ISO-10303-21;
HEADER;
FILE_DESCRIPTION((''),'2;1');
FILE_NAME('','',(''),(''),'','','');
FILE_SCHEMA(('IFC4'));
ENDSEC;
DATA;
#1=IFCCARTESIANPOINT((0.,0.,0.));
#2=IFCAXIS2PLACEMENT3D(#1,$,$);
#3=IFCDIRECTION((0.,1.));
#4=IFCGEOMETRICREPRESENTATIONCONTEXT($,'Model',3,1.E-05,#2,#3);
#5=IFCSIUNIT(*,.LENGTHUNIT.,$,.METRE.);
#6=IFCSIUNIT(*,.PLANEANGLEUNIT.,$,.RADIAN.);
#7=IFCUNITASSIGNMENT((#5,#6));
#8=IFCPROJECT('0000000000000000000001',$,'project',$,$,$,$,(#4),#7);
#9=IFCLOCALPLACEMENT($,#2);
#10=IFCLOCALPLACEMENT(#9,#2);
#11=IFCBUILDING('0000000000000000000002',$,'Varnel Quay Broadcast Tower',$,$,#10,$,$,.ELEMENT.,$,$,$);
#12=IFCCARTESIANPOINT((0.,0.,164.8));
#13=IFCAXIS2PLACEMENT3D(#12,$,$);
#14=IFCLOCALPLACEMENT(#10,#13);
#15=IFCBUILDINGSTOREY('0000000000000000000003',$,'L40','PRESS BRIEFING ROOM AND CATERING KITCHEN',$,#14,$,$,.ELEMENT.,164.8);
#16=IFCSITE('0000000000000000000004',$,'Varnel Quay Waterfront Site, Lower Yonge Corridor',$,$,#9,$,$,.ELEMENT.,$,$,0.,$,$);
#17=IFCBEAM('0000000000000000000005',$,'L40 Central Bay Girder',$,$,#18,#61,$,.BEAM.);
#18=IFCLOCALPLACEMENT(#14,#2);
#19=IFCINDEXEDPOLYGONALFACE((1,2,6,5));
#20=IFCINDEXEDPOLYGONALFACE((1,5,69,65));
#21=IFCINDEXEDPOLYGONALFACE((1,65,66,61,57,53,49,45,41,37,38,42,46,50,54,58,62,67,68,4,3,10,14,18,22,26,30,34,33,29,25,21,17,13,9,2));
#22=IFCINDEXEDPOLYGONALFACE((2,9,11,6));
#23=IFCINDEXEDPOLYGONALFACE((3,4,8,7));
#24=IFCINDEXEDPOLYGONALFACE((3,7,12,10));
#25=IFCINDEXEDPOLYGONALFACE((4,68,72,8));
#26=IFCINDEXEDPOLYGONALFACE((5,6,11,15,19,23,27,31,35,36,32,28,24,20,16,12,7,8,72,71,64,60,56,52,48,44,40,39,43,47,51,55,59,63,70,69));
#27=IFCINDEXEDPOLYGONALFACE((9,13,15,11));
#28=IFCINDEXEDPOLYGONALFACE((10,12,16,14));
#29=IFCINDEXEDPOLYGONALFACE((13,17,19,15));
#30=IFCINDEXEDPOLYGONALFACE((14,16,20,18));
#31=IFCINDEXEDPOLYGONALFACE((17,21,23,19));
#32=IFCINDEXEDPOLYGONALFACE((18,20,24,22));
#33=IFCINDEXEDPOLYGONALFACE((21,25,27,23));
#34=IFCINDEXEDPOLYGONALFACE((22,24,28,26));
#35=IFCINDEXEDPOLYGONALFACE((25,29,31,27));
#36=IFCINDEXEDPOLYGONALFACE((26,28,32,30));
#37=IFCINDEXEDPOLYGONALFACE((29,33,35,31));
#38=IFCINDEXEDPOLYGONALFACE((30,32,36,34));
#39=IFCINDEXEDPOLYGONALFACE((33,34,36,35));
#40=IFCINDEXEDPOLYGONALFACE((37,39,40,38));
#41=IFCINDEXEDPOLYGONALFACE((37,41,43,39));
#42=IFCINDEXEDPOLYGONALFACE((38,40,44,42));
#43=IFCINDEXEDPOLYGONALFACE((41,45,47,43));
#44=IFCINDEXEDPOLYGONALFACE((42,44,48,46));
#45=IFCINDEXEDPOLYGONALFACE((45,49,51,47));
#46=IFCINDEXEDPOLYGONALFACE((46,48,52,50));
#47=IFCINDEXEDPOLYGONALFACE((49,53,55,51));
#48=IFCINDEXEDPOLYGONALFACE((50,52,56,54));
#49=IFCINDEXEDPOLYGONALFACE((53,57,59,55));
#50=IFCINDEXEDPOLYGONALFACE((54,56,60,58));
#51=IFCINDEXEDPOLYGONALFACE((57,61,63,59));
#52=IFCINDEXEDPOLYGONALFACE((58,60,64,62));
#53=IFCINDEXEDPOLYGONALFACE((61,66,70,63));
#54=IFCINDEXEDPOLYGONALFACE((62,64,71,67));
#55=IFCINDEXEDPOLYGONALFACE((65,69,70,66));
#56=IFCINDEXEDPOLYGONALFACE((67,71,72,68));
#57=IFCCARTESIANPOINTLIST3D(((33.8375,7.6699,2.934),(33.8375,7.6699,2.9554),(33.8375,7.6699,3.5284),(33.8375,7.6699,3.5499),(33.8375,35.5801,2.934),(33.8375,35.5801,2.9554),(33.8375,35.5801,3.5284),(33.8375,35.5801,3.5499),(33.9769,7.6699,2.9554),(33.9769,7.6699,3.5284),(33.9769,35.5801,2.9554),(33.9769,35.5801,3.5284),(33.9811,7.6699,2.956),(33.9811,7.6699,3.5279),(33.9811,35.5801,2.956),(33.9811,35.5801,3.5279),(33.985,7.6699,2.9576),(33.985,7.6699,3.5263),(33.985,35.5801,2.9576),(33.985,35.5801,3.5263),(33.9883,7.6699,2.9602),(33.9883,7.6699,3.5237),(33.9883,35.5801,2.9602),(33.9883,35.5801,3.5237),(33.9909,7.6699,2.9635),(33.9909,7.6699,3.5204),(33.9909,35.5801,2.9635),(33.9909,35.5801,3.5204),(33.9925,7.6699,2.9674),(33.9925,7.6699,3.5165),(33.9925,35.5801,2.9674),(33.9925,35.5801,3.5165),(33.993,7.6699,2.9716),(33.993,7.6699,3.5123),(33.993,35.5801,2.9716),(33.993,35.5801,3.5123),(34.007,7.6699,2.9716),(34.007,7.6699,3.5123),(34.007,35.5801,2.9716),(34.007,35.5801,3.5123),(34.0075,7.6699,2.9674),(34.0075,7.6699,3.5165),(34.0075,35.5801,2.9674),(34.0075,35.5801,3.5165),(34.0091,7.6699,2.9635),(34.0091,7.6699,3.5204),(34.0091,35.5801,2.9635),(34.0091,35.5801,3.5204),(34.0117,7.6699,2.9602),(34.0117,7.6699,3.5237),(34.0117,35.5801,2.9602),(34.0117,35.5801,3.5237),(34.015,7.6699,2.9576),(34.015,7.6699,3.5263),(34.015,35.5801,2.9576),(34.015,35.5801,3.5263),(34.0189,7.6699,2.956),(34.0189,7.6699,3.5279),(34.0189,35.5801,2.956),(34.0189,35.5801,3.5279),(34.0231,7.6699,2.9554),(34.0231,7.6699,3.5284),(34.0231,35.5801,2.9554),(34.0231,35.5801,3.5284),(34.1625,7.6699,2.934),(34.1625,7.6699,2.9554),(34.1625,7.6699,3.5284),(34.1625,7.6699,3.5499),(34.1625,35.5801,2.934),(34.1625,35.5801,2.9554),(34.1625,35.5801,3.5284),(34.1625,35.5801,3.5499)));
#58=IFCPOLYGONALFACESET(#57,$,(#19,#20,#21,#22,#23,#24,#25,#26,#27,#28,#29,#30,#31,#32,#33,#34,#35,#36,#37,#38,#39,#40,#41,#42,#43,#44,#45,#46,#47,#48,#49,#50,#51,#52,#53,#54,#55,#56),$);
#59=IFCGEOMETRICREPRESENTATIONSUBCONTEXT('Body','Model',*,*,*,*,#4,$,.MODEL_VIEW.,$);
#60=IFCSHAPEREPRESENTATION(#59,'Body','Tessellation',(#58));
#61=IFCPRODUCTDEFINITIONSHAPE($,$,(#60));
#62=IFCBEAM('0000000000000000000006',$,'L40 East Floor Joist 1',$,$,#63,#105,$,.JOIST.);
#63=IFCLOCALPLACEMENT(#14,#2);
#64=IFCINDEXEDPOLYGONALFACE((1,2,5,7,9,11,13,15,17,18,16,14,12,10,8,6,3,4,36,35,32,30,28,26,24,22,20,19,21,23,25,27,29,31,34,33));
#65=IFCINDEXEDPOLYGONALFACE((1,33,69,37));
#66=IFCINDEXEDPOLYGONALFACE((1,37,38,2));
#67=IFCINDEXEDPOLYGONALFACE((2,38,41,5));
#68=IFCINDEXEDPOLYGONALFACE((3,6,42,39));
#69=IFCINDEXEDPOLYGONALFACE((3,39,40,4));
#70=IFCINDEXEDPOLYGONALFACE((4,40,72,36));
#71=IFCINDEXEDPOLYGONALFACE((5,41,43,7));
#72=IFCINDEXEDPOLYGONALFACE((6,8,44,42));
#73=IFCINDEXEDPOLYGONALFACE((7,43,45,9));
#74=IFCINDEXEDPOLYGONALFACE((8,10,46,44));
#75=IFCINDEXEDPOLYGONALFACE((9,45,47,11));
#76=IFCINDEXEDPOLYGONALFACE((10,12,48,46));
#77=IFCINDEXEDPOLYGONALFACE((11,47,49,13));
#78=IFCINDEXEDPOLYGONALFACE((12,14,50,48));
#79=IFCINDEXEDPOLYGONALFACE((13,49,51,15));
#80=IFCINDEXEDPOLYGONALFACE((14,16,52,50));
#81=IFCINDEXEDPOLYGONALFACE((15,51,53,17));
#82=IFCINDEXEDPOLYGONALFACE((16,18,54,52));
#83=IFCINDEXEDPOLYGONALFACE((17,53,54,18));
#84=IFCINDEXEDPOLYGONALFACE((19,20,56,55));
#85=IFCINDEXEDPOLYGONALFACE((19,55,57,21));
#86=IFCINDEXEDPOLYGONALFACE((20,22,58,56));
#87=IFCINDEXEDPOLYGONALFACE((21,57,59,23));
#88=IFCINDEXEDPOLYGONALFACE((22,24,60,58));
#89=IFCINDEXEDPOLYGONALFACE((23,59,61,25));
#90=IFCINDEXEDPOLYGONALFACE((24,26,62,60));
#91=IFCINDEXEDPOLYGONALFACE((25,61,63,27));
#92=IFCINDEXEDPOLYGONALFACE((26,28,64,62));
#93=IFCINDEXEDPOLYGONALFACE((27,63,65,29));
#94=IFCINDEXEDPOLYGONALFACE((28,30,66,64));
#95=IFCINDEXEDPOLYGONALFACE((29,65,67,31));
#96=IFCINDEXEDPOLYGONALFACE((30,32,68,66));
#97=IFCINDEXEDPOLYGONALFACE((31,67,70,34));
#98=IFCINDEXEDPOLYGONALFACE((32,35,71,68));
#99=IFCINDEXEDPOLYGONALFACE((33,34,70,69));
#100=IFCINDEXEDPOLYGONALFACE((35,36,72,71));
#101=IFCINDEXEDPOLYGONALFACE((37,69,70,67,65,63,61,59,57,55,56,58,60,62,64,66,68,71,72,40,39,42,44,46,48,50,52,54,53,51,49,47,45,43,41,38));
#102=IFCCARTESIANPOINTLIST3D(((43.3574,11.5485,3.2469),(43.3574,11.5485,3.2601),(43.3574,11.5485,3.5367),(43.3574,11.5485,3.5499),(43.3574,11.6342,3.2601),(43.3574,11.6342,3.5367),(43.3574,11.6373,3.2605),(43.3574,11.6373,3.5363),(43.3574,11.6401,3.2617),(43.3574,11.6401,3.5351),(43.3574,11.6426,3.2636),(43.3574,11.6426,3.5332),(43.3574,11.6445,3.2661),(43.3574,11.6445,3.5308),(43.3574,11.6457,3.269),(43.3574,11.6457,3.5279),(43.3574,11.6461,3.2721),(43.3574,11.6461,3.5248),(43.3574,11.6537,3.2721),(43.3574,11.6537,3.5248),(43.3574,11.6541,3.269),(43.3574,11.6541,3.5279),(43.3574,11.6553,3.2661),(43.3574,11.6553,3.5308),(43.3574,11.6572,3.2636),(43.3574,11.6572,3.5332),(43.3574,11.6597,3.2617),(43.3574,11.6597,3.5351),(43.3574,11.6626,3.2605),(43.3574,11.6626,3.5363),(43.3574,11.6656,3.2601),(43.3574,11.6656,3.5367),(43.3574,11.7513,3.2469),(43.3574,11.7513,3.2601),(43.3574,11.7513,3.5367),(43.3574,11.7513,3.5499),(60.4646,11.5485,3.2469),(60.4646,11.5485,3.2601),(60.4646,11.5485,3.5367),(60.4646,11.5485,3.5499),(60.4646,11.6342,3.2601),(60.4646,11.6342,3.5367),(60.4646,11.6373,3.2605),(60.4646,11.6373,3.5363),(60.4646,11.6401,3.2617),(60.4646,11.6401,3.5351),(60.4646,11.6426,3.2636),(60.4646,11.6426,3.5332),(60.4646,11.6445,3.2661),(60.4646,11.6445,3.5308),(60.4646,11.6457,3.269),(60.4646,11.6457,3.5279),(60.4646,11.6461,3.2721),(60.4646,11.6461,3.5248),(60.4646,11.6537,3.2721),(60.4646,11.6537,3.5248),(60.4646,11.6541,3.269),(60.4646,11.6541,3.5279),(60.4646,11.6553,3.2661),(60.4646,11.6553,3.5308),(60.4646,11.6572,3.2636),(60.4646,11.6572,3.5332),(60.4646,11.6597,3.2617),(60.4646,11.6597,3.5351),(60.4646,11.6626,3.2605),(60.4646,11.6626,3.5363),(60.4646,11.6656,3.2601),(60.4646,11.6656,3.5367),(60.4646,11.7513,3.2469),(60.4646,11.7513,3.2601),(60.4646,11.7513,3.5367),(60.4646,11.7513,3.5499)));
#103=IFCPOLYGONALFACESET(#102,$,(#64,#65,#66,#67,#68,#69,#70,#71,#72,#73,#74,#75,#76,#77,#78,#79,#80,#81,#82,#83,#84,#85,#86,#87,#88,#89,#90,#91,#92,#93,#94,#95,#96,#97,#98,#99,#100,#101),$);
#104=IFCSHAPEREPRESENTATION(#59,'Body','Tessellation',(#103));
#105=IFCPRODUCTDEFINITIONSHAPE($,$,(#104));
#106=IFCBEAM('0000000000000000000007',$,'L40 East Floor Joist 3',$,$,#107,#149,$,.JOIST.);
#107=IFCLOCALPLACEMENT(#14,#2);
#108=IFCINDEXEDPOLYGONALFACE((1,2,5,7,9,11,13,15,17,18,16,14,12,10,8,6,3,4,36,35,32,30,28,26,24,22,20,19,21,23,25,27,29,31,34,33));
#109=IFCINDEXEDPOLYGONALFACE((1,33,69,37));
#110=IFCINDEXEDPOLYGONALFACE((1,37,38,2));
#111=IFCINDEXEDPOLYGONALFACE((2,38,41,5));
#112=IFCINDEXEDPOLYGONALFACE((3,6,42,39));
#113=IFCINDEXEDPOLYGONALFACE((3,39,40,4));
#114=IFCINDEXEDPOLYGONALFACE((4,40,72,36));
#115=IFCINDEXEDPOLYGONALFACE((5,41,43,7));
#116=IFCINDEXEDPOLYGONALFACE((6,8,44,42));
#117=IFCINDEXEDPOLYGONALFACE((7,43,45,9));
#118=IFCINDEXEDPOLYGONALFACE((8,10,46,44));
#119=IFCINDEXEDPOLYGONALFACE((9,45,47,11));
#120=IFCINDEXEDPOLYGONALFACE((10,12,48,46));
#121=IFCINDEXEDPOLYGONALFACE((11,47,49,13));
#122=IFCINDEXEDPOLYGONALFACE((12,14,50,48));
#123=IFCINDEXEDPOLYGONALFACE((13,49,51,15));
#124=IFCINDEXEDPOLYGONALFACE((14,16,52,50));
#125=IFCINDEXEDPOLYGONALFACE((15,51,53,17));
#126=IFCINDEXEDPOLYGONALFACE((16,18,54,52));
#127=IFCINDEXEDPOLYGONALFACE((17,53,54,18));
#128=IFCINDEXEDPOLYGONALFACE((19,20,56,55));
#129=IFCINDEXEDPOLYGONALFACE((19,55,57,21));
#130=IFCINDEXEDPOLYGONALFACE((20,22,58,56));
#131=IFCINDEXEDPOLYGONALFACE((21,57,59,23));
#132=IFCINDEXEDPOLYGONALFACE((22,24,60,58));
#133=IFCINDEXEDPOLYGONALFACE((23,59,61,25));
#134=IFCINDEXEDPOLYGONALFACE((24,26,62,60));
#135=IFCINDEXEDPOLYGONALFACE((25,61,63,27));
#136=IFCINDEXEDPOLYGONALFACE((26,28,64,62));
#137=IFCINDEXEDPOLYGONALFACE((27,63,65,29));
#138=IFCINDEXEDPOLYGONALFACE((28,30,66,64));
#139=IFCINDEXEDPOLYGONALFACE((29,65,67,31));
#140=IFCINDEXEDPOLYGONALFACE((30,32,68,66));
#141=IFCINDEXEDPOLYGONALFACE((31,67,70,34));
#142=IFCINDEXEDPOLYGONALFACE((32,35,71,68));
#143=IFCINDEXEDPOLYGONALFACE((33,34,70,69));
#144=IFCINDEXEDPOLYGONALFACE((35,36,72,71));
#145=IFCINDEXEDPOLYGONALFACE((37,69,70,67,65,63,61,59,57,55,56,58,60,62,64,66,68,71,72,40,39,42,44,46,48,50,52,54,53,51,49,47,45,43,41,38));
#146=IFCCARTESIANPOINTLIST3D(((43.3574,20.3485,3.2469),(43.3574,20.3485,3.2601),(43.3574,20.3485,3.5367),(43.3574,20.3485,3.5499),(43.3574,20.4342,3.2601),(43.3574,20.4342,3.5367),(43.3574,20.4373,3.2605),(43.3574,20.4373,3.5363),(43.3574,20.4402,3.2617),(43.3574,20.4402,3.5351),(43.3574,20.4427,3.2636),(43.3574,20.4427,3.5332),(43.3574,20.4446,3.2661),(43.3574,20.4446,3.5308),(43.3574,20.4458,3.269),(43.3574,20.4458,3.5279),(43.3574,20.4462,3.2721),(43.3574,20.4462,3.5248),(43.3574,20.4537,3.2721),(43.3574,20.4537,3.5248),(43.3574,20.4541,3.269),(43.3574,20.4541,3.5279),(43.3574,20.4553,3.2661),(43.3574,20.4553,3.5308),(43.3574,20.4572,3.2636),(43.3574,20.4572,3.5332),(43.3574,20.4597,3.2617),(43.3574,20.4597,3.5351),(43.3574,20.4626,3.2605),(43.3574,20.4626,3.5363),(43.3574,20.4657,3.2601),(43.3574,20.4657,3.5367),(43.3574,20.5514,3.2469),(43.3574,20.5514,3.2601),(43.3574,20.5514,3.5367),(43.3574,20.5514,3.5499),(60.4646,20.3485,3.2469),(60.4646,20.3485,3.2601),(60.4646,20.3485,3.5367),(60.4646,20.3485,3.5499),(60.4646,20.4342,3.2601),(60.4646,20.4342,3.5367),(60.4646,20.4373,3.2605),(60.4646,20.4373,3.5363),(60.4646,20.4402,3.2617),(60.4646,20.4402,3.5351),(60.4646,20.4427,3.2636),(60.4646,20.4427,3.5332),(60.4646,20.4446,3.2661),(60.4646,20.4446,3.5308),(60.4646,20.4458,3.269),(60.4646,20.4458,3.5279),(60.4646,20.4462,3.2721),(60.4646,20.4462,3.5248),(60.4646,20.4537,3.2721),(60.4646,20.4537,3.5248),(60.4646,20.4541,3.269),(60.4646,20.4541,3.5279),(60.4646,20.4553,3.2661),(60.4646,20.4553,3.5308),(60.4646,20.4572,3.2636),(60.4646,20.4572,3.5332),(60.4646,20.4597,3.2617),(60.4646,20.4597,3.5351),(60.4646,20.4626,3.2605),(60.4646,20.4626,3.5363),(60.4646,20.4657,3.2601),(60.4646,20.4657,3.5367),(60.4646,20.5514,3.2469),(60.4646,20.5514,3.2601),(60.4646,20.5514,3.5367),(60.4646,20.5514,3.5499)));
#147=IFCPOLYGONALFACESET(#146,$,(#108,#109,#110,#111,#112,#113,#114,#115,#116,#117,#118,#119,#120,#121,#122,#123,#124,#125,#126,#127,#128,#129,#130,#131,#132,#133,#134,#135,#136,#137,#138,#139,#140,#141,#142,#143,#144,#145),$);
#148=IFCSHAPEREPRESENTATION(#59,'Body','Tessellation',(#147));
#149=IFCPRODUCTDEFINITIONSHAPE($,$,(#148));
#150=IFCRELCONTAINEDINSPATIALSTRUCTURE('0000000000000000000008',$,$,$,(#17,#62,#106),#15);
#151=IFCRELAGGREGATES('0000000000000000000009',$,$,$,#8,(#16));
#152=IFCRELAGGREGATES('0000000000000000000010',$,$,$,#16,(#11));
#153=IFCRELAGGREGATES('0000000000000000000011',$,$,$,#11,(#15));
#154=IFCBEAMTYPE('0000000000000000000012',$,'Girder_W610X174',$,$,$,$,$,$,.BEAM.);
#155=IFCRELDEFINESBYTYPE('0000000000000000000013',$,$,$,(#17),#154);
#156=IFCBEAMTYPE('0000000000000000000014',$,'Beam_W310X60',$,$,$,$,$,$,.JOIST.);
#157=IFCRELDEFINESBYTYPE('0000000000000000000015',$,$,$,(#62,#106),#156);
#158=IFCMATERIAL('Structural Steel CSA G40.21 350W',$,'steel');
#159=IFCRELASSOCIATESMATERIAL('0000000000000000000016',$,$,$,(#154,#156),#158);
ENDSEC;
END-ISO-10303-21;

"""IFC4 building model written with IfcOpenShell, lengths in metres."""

from ifc_helpers import new_model, si_unit, direction, frame, origin, origin_2d, place, context, subcontext, project, spatial, i_section, extrude, source, transform, mapped, material, material_profile, profile_set, type_object, type_shapes, element, save


model = new_model("IFC4")

# Units and contexts
model_context = context("Model", 3, precision=1e-05, world=origin(), true_north=direction((0.0, 1.0)))
body_context = subcontext(model_context, "Body", "Model", "MODEL_VIEW")
ifc_project = project(units=[si_unit("LENGTHUNIT", "METRE"), si_unit("PLANEANGLEUNIT", "RADIAN")], contexts=[model_context])

# Site, building, storey
site_placement = place(None, origin())
site = spatial("IfcSite", under=ifc_project, at=site_placement, Name="Varnel Quay Waterfront Site, Lower Yonge Corridor", CompositionType="ELEMENT", RefElevation=0.0)
building_placement = place(site_placement, origin())
building = spatial("IfcBuilding", under=site, at=building_placement, Name="Varnel Quay Broadcast Tower", CompositionType="ELEMENT")
storey_placement = place(building_placement, frame((0.0, 0.0, 164.8)))
storey = spatial("IfcBuildingStorey", under=building, at=storey_placement, Name="L40", Description="PRESS BRIEFING ROOM AND CATERING KITCHEN", CompositionType="ELEMENT", Elevation=164.8)

# Shared definitions
ifc_material_1 = material(Name="Structural Steel CSA G40.21 350W", Category="steel")

# Beams
ifc_material_profile_1 = material_profile(ifc_material_1, i_section(OverallWidth=0.325, OverallDepth=0.616, WebThickness=0.0139, FlangeThickness=0.0215, FilletRadius=0.0161, at=origin_2d()), Name="W610X174")
ifc_profile_set_1 = profile_set([ifc_material_profile_1], Name="Structural Steel CSA G40.21 350W")
beam_type_1 = type_object("IfcBeamType", Name="Girder_W610X174", PredefinedType="BEAM", material=ifc_profile_set_1)
shared_shape_1 = source(origin(), body_context, "Body", "SweptSolid", [
    extrude(i_section(OverallWidth=0.325, OverallDepth=0.616, WebThickness=0.0139, FlangeThickness=0.0215, FilletRadius=0.0161, at=origin_2d()), origin(), (0.0, 0.0, 1.0), 27.9102),
])
beam_1_placement = place(storey_placement, frame((34.0, 7.6699, 3.2419), z_axis=(0.0, 1.0, 0.0), x_axis=(-1.0, 0.0, 0.0)))
element("IfcBeam", 1, at=beam_1_placement, inside=storey, type_object=beam_type_1, Name="L40 Central Bay Girder", PredefinedType="BEAM", context=body_context, shape_type="MappedRepresentation", body=[
    mapped(shared_shape_1, transform((0.0, 0.0, 0.0), x_axis=(1.0, 0.0, 0.0), y_axis=(0.0, 1.0, 0.0), z_axis=(0.0, 0.0, 1.0), scale=1.0)),
])
ifc_material_profile_2 = material_profile(ifc_material_1, i_section(OverallWidth=0.2029, OverallDepth=0.303, WebThickness=0.0076, FlangeThickness=0.0132, FilletRadius=0.012, at=origin_2d()), Name="W310X60")
ifc_profile_set_2 = profile_set([ifc_material_profile_2], Name="Structural Steel CSA G40.21 350W")
beam_type_2 = type_object("IfcBeamType", Name="Beam_W310X60", PredefinedType="JOIST", material=ifc_profile_set_2)
shared_shape_2 = source(origin(), body_context, "Body", "SweptSolid", [
    extrude(i_section(OverallWidth=0.2029, OverallDepth=0.303, WebThickness=0.0076, FlangeThickness=0.0132, FilletRadius=0.012, at=origin_2d()), origin(), (0.0, 0.0, 1.0), 17.1072),
])
type_shapes(beam_type_2, [shared_shape_2])
for number, where, z_axis, x_axis, name in (
    (2, (43.3574, 11.6499, 3.3984), (1.0, 0.0, 0.0), (0.0, 1.0, 0.0), "L40 East Floor Joist 1"),
    (3, (43.3574, 20.45, 3.3984), (1.0, 0.0, 0.0), (0.0, 1.0, 0.0), "L40 East Floor Joist 3"),
):
    element("IfcBeam", number, at=place(storey_placement, frame(where, z_axis=z_axis, x_axis=x_axis)), inside=storey, type_object=beam_type_2, Name=name, PredefinedType="JOIST", context=body_context, shape_type="MappedRepresentation", body=[
        mapped(shared_shape_2, transform((0.0, 0.0, 0.0), x_axis=(1.0, 0.0, 0.0), y_axis=(0.0, 1.0, 0.0), z_axis=(0.0, 0.0, 1.0), scale=1.0)),
    ])

save(model, "model.ifc")
